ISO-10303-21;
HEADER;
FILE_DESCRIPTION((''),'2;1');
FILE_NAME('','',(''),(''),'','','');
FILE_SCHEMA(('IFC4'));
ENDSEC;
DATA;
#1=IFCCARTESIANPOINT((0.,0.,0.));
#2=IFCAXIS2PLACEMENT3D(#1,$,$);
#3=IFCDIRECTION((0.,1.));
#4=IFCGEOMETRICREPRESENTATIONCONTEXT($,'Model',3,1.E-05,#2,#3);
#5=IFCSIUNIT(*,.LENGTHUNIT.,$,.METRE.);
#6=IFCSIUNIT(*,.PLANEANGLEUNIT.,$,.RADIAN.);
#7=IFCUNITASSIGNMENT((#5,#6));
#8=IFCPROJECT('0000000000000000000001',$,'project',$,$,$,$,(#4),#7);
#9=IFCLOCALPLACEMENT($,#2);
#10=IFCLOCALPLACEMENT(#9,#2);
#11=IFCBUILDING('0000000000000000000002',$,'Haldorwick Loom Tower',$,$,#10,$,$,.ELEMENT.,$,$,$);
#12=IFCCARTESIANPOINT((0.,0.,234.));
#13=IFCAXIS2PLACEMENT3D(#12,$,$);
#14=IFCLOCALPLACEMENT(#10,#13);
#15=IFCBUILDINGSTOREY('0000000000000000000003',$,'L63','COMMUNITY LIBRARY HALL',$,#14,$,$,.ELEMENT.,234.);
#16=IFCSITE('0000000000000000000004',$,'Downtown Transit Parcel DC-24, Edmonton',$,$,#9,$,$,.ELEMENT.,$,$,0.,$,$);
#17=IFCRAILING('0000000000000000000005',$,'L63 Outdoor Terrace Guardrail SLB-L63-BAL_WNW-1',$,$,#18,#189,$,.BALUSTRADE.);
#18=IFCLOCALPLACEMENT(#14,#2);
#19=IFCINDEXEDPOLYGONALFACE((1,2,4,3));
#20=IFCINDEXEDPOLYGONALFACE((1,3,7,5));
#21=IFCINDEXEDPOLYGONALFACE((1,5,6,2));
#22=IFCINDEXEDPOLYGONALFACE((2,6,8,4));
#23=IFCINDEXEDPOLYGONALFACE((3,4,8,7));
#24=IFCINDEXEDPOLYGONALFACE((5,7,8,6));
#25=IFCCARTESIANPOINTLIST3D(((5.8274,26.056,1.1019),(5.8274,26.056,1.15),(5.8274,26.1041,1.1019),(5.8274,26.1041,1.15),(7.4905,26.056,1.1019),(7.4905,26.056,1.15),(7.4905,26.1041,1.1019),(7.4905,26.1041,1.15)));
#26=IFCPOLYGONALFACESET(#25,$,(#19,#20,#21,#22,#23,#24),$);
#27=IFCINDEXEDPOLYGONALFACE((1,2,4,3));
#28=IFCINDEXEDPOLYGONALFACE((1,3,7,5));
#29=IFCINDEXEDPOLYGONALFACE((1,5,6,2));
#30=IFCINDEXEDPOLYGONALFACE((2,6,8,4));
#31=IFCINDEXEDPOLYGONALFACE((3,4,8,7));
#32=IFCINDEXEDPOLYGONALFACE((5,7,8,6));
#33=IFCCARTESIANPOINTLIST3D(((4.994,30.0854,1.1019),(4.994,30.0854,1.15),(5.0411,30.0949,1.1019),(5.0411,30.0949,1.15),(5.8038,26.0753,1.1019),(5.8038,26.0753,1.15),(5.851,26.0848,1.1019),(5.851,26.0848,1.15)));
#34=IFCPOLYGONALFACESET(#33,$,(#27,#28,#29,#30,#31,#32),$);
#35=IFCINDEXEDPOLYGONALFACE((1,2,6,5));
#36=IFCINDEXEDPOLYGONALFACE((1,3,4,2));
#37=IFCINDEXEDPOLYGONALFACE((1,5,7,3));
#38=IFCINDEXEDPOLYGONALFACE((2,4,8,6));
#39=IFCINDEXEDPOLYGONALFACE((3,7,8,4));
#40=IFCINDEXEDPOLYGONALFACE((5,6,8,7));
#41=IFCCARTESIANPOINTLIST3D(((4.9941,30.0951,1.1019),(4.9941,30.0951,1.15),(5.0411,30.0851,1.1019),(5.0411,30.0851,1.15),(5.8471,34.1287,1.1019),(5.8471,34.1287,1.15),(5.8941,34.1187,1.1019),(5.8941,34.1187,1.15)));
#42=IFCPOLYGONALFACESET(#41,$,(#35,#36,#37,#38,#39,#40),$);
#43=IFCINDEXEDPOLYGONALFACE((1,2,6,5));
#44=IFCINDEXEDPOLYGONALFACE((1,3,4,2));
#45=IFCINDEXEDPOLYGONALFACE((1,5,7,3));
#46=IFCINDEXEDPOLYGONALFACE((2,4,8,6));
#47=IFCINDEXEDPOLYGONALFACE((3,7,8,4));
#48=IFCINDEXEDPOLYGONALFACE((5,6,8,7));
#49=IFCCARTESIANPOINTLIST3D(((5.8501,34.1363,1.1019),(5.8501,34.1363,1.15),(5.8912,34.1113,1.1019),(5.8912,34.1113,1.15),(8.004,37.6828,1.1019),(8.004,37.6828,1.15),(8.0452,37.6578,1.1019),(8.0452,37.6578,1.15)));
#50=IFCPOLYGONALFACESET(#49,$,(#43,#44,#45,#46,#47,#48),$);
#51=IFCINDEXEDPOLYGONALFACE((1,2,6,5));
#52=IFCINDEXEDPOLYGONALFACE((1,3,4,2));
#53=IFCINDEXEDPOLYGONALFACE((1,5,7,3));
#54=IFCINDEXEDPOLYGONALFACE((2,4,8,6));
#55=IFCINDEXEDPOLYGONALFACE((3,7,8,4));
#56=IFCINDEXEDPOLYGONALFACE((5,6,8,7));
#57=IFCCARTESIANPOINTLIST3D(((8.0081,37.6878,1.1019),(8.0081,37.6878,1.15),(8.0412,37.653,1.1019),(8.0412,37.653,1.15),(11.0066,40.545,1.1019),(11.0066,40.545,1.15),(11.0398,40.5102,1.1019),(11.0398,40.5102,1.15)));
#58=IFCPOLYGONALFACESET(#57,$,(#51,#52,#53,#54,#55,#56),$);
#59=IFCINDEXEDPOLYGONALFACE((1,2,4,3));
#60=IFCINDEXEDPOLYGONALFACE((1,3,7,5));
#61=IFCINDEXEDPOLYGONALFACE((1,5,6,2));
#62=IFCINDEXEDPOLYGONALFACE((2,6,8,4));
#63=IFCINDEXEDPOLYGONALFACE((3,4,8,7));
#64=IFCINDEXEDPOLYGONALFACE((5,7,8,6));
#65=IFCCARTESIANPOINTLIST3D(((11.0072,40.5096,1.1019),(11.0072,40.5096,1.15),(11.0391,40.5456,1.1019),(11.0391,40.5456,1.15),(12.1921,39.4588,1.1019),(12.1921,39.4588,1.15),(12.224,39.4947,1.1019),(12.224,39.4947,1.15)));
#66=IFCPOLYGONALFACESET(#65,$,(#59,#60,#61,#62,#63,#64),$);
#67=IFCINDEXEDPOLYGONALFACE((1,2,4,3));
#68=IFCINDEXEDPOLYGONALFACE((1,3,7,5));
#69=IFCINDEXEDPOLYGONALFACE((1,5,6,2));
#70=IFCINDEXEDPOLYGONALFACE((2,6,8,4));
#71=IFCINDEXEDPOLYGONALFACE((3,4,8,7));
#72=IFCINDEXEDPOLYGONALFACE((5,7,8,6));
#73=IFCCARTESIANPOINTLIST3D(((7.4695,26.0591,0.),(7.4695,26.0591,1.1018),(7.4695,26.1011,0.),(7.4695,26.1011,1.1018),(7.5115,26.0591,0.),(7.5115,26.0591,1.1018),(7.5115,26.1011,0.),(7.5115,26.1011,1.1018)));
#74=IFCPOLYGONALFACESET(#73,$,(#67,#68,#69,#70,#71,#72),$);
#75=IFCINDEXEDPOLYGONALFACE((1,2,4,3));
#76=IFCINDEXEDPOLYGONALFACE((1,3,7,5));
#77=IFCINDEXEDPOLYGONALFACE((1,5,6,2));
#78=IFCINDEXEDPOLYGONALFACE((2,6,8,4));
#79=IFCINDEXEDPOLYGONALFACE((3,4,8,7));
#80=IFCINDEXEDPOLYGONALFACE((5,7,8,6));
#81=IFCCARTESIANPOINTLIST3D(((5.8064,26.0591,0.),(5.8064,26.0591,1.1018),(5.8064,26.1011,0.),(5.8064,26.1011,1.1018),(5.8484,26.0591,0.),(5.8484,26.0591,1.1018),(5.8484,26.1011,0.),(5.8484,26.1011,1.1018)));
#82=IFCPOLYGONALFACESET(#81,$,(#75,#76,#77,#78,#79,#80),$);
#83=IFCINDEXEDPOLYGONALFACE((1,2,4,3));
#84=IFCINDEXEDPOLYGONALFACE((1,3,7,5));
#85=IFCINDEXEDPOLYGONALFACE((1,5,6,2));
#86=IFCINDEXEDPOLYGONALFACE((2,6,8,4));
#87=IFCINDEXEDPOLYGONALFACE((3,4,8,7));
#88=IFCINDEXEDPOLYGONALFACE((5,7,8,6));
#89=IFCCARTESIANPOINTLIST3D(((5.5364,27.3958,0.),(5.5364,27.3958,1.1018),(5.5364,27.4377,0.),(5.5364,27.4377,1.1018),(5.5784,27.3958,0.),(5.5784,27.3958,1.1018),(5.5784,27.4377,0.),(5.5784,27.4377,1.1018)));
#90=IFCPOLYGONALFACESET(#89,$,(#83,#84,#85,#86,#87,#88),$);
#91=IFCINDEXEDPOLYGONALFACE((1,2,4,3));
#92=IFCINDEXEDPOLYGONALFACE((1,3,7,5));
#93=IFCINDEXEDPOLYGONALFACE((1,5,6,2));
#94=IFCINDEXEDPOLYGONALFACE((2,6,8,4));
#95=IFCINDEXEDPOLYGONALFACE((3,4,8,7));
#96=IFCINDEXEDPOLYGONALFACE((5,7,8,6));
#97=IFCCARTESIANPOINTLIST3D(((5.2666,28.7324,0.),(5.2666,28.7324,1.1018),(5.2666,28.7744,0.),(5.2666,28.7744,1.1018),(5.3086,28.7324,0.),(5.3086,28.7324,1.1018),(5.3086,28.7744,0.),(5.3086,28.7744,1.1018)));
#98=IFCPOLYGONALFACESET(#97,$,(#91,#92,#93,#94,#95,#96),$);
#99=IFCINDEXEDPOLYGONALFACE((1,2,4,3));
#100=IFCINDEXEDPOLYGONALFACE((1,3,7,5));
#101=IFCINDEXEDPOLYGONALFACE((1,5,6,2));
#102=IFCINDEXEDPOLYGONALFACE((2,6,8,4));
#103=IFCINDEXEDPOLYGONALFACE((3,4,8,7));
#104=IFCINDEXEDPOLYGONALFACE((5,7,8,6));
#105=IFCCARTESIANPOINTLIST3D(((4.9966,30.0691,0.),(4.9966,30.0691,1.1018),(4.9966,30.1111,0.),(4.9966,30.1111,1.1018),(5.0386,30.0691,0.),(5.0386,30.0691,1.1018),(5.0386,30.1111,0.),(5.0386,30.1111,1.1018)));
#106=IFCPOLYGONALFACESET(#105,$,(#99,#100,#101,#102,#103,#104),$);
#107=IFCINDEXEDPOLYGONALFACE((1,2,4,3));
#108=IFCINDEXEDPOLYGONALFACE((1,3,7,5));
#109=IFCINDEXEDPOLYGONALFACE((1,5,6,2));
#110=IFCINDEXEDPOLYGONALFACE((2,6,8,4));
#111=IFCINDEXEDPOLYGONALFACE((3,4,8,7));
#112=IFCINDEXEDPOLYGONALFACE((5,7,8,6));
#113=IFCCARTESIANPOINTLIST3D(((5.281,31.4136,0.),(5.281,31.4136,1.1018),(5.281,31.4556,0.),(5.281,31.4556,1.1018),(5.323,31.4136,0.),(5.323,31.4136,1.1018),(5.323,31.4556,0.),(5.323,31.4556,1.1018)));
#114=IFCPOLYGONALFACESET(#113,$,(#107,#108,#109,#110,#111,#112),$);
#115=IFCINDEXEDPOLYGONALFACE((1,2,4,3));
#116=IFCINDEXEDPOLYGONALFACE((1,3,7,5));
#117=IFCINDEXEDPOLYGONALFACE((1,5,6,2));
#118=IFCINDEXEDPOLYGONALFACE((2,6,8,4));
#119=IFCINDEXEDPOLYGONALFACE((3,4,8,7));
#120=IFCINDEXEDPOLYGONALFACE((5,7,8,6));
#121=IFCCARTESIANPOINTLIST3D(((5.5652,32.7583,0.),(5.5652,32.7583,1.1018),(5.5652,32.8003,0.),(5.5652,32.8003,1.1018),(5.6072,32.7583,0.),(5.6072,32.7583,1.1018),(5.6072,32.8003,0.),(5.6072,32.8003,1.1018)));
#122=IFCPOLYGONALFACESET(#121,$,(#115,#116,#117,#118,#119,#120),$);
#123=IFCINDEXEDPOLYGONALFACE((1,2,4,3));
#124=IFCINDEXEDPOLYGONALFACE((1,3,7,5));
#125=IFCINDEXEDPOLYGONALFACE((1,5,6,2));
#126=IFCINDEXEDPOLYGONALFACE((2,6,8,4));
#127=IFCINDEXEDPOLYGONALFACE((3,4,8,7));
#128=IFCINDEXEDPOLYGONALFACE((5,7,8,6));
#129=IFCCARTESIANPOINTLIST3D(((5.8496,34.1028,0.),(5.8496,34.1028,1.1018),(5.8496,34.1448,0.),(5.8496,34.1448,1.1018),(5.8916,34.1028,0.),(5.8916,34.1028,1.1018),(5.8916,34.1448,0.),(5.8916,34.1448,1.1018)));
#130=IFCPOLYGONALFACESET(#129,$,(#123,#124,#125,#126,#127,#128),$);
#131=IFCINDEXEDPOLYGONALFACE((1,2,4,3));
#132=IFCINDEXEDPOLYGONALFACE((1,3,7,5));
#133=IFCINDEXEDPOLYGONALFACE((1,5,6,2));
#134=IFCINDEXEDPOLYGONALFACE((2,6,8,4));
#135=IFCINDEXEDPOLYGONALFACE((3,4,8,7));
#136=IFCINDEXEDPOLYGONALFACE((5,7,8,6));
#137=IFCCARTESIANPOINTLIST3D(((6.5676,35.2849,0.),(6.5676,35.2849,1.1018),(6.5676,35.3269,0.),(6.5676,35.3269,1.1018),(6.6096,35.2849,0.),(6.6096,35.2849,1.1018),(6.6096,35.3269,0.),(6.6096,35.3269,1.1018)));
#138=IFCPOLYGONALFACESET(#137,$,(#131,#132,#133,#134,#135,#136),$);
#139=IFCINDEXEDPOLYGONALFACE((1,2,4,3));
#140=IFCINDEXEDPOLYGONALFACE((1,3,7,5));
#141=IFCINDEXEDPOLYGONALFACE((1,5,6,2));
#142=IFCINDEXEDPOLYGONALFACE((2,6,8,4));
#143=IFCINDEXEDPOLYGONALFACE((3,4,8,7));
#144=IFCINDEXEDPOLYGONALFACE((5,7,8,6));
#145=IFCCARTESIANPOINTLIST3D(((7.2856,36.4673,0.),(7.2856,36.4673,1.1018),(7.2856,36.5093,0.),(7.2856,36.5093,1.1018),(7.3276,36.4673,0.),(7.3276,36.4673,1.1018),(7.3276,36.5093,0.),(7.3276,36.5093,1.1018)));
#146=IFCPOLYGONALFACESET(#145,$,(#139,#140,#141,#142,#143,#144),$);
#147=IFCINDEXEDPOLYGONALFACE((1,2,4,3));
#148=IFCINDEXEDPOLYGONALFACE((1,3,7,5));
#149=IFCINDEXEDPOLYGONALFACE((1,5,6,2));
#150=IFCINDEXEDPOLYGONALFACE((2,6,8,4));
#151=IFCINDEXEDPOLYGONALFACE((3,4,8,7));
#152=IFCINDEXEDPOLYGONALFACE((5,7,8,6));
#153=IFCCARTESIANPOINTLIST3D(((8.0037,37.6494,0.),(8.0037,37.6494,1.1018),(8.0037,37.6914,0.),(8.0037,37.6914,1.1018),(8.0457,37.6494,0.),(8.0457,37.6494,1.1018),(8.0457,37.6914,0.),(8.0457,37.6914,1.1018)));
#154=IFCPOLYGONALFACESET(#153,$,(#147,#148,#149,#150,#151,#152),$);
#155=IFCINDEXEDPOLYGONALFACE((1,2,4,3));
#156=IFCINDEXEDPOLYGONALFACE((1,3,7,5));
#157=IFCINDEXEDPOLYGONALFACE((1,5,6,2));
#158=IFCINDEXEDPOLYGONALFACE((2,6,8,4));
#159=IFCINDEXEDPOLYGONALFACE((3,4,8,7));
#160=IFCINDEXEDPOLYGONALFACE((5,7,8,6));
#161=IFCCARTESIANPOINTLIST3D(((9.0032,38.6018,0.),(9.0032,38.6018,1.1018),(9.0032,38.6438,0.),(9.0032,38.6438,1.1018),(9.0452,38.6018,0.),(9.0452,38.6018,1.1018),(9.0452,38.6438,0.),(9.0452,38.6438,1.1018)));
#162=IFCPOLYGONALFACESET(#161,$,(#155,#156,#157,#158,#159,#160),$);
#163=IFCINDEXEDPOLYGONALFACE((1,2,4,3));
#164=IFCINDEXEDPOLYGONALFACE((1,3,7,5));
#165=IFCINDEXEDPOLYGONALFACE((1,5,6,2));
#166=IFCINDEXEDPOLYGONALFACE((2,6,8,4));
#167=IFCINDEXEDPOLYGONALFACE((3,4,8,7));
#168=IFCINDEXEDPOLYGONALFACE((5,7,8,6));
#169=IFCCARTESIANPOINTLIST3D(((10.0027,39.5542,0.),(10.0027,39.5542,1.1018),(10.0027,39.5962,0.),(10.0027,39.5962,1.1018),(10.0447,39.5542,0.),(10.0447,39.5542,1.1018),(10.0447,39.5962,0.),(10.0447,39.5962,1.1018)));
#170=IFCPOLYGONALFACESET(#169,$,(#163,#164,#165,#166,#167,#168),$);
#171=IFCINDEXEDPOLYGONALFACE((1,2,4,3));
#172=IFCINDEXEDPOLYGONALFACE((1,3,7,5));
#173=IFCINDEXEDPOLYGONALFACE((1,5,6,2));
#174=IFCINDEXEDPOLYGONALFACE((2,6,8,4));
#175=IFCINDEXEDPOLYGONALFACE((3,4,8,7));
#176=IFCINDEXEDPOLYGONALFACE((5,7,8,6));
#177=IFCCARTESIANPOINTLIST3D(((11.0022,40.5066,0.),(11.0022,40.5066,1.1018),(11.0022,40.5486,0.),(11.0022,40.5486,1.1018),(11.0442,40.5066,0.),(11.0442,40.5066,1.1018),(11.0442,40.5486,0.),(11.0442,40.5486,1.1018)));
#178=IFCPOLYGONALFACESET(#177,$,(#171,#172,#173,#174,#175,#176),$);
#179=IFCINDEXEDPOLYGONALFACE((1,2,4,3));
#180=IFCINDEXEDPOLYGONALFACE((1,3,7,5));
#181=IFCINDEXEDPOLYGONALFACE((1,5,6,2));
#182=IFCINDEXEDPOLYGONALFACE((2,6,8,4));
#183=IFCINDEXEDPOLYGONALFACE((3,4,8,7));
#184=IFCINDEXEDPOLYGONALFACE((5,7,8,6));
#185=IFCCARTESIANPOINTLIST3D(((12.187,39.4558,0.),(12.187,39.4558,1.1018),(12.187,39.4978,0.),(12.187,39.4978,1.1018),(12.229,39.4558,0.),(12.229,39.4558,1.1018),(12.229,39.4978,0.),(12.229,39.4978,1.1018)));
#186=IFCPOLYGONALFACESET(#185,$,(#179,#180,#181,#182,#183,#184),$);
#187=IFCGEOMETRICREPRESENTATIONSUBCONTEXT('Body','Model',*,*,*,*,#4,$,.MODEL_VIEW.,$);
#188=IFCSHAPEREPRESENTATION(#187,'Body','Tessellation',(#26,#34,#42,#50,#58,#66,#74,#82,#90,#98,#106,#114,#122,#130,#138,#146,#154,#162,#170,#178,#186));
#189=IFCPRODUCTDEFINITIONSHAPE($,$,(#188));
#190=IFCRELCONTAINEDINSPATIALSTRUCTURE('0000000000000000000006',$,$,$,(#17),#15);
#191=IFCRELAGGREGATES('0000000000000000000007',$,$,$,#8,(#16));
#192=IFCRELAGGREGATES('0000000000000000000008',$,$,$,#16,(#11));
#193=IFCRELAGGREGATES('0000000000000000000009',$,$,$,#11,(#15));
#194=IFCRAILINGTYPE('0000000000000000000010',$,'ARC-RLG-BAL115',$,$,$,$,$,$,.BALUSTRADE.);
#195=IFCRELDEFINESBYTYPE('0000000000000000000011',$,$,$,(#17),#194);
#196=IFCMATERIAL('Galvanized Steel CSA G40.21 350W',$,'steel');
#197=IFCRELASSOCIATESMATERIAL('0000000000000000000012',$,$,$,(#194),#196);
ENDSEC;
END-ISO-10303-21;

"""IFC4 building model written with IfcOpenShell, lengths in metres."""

from ifc_helpers import new_model, si_unit, direction, frame, origin, origin_2d, place, context, subcontext, project, spatial, rectangle, extrude, material, type_object, element, save


model = new_model("IFC4")

# Units and contexts
model_context = context("Model", 3, precision=1e-05, world=origin(), true_north=direction((0.0, 1.0)))
body_context = subcontext(model_context, "Body", "Model", "MODEL_VIEW")
ifc_project = project(units=[si_unit("LENGTHUNIT", "METRE"), si_unit("PLANEANGLEUNIT", "RADIAN")], contexts=[model_context])

# Site, building, storey
site_placement = place(None, origin())
site = spatial("IfcSite", under=ifc_project, at=site_placement, Name="Downtown Transit Parcel DC-24, Edmonton", CompositionType="ELEMENT", RefElevation=0.0)
building_placement = place(site_placement, origin())
building = spatial("IfcBuilding", under=site, at=building_placement, Name="Haldorwick Loom Tower", CompositionType="ELEMENT")
storey_placement = place(building_placement, frame((0.0, 0.0, 234.0)))
storey = spatial("IfcBuildingStorey", under=building, at=storey_placement, Name="L63", Description="COMMUNITY LIBRARY HALL", CompositionType="ELEMENT", Elevation=234.0)

# Railing
ifc_material_1 = material(Name="Galvanized Steel CSA G40.21 350W", Category="steel")
railing_type = type_object("IfcRailingType", Name="ARC-RLG-BAL115", PredefinedType="BALUSTRADE", material=ifc_material_1)
railing_placement = place(storey_placement, frame((7.4905, 26.0801, 0.0)))
element("IfcRailing", 1, at=railing_placement, inside=storey, type_object=railing_type, Name="L63 Outdoor Terrace Guardrail SLB-L63-BAL_WNW-1", PredefinedType="BALUSTRADE", context=body_context, shape_type="SweptSolid", body=[
    extrude(rectangle(XDim=0.0481, YDim=0.0481, at=origin_2d()), frame((0.0, 0.0, 1.126), z_axis=(-1.0, 0.0, 0.0), x_axis=(0.0, -1.0, 0.0)), (0.0, 0.0, 1.0), 1.6631),
    extrude(rectangle(XDim=0.0481, YDim=0.0481, at=origin_2d()), frame((-1.6631, 0.0, 1.126), z_axis=(-0.197952, 0.980212, 0.0), x_axis=(-0.980212, -0.197952, 0.0)), (0.0, 0.0, 1.0), 4.0911),
    extrude(rectangle(XDim=0.0481, YDim=0.0481, at=origin_2d()), frame((-2.4729, 4.01, 1.126), z_axis=(0.2069, 0.978362, 0.0), x_axis=(-0.978362, 0.2069, 0.0)), (0.0, 0.0, 1.0), 4.1228),
    extrude(rectangle(XDim=0.0481, YDim=0.0481, at=origin_2d()), frame((-1.6199, 8.0437, 1.126), z_axis=(0.519109, 0.854708, 0.0), x_axis=(-0.854708, 0.519109, 0.0)), (0.0, 0.0, 1.0), 4.1494),
    extrude(rectangle(XDim=0.0481, YDim=0.0481, at=origin_2d()), frame((0.5342, 11.5903, 1.126), z_axis=(0.723965, 0.689836, 0.0), x_axis=(-0.689836, 0.723965, 0.0)), (0.0, 0.0, 1.0), 4.1418),
    extrude(rectangle(XDim=0.0481, YDim=0.0481, at=origin_2d()), frame((3.5327, 14.4475, 1.126), z_axis=(0.748157, -0.663521, 0.0), x_axis=(0.663521, 0.748157, 0.0)), (0.0, 0.0, 1.0), 1.5837),
    extrude(rectangle(XDim=0.042, YDim=0.042, at=origin_2d()), origin(), (0.0, 0.0, 1.0), 1.1018),
    extrude(rectangle(XDim=0.042, YDim=0.042, at=origin_2d()), frame((-1.6631, 0.0, 0.0)), (0.0, 0.0, 1.0), 1.1018),
    extrude(rectangle(XDim=0.042, YDim=0.042, at=origin_2d()), frame((-1.9331, 1.3367, 0.0)), (0.0, 0.0, 1.0), 1.1018),
    extrude(rectangle(XDim=0.042, YDim=0.042, at=origin_2d()), frame((-2.2029, 2.6733, 0.0)), (0.0, 0.0, 1.0), 1.1018),
    extrude(rectangle(XDim=0.042, YDim=0.042, at=origin_2d()), frame((-2.4729, 4.01, 0.0)), (0.0, 0.0, 1.0), 1.1018),
    extrude(rectangle(XDim=0.042, YDim=0.042, at=origin_2d()), frame((-2.1885, 5.3545, 0.0)), (0.0, 0.0, 1.0), 1.1018),
    extrude(rectangle(XDim=0.042, YDim=0.042, at=origin_2d()), frame((-1.9043, 6.6992, 0.0)), (0.0, 0.0, 1.0), 1.1018),
    extrude(rectangle(XDim=0.042, YDim=0.042, at=origin_2d()), frame((-1.6199, 8.0437, 0.0)), (0.0, 0.0, 1.0), 1.1018),
    extrude(rectangle(XDim=0.042, YDim=0.042, at=origin_2d()), frame((-0.9019, 9.2258, 0.0)), (0.0, 0.0, 1.0), 1.1018),
    extrude(rectangle(XDim=0.042, YDim=0.042, at=origin_2d()), frame((-0.1838, 10.4082, 0.0)), (0.0, 0.0, 1.0), 1.1018),
    extrude(rectangle(XDim=0.042, YDim=0.042, at=origin_2d()), frame((0.5342, 11.5903, 0.0)), (0.0, 0.0, 1.0), 1.1018),
    extrude(rectangle(XDim=0.042, YDim=0.042, at=origin_2d()), frame((1.5337, 12.5427, 0.0)), (0.0, 0.0, 1.0), 1.1018),
    extrude(rectangle(XDim=0.042, YDim=0.042, at=origin_2d()), frame((2.5332, 13.4951, 0.0)), (0.0, 0.0, 1.0), 1.1018),
    extrude(rectangle(XDim=0.042, YDim=0.042, at=origin_2d()), frame((3.5327, 14.4475, 0.0)), (0.0, 0.0, 1.0), 1.1018),
    extrude(rectangle(XDim=0.042, YDim=0.042, at=origin_2d()), frame((4.7175, 13.3967, 0.0)), (0.0, 0.0, 1.0), 1.1018),
])

save(model, "model.ifc")
